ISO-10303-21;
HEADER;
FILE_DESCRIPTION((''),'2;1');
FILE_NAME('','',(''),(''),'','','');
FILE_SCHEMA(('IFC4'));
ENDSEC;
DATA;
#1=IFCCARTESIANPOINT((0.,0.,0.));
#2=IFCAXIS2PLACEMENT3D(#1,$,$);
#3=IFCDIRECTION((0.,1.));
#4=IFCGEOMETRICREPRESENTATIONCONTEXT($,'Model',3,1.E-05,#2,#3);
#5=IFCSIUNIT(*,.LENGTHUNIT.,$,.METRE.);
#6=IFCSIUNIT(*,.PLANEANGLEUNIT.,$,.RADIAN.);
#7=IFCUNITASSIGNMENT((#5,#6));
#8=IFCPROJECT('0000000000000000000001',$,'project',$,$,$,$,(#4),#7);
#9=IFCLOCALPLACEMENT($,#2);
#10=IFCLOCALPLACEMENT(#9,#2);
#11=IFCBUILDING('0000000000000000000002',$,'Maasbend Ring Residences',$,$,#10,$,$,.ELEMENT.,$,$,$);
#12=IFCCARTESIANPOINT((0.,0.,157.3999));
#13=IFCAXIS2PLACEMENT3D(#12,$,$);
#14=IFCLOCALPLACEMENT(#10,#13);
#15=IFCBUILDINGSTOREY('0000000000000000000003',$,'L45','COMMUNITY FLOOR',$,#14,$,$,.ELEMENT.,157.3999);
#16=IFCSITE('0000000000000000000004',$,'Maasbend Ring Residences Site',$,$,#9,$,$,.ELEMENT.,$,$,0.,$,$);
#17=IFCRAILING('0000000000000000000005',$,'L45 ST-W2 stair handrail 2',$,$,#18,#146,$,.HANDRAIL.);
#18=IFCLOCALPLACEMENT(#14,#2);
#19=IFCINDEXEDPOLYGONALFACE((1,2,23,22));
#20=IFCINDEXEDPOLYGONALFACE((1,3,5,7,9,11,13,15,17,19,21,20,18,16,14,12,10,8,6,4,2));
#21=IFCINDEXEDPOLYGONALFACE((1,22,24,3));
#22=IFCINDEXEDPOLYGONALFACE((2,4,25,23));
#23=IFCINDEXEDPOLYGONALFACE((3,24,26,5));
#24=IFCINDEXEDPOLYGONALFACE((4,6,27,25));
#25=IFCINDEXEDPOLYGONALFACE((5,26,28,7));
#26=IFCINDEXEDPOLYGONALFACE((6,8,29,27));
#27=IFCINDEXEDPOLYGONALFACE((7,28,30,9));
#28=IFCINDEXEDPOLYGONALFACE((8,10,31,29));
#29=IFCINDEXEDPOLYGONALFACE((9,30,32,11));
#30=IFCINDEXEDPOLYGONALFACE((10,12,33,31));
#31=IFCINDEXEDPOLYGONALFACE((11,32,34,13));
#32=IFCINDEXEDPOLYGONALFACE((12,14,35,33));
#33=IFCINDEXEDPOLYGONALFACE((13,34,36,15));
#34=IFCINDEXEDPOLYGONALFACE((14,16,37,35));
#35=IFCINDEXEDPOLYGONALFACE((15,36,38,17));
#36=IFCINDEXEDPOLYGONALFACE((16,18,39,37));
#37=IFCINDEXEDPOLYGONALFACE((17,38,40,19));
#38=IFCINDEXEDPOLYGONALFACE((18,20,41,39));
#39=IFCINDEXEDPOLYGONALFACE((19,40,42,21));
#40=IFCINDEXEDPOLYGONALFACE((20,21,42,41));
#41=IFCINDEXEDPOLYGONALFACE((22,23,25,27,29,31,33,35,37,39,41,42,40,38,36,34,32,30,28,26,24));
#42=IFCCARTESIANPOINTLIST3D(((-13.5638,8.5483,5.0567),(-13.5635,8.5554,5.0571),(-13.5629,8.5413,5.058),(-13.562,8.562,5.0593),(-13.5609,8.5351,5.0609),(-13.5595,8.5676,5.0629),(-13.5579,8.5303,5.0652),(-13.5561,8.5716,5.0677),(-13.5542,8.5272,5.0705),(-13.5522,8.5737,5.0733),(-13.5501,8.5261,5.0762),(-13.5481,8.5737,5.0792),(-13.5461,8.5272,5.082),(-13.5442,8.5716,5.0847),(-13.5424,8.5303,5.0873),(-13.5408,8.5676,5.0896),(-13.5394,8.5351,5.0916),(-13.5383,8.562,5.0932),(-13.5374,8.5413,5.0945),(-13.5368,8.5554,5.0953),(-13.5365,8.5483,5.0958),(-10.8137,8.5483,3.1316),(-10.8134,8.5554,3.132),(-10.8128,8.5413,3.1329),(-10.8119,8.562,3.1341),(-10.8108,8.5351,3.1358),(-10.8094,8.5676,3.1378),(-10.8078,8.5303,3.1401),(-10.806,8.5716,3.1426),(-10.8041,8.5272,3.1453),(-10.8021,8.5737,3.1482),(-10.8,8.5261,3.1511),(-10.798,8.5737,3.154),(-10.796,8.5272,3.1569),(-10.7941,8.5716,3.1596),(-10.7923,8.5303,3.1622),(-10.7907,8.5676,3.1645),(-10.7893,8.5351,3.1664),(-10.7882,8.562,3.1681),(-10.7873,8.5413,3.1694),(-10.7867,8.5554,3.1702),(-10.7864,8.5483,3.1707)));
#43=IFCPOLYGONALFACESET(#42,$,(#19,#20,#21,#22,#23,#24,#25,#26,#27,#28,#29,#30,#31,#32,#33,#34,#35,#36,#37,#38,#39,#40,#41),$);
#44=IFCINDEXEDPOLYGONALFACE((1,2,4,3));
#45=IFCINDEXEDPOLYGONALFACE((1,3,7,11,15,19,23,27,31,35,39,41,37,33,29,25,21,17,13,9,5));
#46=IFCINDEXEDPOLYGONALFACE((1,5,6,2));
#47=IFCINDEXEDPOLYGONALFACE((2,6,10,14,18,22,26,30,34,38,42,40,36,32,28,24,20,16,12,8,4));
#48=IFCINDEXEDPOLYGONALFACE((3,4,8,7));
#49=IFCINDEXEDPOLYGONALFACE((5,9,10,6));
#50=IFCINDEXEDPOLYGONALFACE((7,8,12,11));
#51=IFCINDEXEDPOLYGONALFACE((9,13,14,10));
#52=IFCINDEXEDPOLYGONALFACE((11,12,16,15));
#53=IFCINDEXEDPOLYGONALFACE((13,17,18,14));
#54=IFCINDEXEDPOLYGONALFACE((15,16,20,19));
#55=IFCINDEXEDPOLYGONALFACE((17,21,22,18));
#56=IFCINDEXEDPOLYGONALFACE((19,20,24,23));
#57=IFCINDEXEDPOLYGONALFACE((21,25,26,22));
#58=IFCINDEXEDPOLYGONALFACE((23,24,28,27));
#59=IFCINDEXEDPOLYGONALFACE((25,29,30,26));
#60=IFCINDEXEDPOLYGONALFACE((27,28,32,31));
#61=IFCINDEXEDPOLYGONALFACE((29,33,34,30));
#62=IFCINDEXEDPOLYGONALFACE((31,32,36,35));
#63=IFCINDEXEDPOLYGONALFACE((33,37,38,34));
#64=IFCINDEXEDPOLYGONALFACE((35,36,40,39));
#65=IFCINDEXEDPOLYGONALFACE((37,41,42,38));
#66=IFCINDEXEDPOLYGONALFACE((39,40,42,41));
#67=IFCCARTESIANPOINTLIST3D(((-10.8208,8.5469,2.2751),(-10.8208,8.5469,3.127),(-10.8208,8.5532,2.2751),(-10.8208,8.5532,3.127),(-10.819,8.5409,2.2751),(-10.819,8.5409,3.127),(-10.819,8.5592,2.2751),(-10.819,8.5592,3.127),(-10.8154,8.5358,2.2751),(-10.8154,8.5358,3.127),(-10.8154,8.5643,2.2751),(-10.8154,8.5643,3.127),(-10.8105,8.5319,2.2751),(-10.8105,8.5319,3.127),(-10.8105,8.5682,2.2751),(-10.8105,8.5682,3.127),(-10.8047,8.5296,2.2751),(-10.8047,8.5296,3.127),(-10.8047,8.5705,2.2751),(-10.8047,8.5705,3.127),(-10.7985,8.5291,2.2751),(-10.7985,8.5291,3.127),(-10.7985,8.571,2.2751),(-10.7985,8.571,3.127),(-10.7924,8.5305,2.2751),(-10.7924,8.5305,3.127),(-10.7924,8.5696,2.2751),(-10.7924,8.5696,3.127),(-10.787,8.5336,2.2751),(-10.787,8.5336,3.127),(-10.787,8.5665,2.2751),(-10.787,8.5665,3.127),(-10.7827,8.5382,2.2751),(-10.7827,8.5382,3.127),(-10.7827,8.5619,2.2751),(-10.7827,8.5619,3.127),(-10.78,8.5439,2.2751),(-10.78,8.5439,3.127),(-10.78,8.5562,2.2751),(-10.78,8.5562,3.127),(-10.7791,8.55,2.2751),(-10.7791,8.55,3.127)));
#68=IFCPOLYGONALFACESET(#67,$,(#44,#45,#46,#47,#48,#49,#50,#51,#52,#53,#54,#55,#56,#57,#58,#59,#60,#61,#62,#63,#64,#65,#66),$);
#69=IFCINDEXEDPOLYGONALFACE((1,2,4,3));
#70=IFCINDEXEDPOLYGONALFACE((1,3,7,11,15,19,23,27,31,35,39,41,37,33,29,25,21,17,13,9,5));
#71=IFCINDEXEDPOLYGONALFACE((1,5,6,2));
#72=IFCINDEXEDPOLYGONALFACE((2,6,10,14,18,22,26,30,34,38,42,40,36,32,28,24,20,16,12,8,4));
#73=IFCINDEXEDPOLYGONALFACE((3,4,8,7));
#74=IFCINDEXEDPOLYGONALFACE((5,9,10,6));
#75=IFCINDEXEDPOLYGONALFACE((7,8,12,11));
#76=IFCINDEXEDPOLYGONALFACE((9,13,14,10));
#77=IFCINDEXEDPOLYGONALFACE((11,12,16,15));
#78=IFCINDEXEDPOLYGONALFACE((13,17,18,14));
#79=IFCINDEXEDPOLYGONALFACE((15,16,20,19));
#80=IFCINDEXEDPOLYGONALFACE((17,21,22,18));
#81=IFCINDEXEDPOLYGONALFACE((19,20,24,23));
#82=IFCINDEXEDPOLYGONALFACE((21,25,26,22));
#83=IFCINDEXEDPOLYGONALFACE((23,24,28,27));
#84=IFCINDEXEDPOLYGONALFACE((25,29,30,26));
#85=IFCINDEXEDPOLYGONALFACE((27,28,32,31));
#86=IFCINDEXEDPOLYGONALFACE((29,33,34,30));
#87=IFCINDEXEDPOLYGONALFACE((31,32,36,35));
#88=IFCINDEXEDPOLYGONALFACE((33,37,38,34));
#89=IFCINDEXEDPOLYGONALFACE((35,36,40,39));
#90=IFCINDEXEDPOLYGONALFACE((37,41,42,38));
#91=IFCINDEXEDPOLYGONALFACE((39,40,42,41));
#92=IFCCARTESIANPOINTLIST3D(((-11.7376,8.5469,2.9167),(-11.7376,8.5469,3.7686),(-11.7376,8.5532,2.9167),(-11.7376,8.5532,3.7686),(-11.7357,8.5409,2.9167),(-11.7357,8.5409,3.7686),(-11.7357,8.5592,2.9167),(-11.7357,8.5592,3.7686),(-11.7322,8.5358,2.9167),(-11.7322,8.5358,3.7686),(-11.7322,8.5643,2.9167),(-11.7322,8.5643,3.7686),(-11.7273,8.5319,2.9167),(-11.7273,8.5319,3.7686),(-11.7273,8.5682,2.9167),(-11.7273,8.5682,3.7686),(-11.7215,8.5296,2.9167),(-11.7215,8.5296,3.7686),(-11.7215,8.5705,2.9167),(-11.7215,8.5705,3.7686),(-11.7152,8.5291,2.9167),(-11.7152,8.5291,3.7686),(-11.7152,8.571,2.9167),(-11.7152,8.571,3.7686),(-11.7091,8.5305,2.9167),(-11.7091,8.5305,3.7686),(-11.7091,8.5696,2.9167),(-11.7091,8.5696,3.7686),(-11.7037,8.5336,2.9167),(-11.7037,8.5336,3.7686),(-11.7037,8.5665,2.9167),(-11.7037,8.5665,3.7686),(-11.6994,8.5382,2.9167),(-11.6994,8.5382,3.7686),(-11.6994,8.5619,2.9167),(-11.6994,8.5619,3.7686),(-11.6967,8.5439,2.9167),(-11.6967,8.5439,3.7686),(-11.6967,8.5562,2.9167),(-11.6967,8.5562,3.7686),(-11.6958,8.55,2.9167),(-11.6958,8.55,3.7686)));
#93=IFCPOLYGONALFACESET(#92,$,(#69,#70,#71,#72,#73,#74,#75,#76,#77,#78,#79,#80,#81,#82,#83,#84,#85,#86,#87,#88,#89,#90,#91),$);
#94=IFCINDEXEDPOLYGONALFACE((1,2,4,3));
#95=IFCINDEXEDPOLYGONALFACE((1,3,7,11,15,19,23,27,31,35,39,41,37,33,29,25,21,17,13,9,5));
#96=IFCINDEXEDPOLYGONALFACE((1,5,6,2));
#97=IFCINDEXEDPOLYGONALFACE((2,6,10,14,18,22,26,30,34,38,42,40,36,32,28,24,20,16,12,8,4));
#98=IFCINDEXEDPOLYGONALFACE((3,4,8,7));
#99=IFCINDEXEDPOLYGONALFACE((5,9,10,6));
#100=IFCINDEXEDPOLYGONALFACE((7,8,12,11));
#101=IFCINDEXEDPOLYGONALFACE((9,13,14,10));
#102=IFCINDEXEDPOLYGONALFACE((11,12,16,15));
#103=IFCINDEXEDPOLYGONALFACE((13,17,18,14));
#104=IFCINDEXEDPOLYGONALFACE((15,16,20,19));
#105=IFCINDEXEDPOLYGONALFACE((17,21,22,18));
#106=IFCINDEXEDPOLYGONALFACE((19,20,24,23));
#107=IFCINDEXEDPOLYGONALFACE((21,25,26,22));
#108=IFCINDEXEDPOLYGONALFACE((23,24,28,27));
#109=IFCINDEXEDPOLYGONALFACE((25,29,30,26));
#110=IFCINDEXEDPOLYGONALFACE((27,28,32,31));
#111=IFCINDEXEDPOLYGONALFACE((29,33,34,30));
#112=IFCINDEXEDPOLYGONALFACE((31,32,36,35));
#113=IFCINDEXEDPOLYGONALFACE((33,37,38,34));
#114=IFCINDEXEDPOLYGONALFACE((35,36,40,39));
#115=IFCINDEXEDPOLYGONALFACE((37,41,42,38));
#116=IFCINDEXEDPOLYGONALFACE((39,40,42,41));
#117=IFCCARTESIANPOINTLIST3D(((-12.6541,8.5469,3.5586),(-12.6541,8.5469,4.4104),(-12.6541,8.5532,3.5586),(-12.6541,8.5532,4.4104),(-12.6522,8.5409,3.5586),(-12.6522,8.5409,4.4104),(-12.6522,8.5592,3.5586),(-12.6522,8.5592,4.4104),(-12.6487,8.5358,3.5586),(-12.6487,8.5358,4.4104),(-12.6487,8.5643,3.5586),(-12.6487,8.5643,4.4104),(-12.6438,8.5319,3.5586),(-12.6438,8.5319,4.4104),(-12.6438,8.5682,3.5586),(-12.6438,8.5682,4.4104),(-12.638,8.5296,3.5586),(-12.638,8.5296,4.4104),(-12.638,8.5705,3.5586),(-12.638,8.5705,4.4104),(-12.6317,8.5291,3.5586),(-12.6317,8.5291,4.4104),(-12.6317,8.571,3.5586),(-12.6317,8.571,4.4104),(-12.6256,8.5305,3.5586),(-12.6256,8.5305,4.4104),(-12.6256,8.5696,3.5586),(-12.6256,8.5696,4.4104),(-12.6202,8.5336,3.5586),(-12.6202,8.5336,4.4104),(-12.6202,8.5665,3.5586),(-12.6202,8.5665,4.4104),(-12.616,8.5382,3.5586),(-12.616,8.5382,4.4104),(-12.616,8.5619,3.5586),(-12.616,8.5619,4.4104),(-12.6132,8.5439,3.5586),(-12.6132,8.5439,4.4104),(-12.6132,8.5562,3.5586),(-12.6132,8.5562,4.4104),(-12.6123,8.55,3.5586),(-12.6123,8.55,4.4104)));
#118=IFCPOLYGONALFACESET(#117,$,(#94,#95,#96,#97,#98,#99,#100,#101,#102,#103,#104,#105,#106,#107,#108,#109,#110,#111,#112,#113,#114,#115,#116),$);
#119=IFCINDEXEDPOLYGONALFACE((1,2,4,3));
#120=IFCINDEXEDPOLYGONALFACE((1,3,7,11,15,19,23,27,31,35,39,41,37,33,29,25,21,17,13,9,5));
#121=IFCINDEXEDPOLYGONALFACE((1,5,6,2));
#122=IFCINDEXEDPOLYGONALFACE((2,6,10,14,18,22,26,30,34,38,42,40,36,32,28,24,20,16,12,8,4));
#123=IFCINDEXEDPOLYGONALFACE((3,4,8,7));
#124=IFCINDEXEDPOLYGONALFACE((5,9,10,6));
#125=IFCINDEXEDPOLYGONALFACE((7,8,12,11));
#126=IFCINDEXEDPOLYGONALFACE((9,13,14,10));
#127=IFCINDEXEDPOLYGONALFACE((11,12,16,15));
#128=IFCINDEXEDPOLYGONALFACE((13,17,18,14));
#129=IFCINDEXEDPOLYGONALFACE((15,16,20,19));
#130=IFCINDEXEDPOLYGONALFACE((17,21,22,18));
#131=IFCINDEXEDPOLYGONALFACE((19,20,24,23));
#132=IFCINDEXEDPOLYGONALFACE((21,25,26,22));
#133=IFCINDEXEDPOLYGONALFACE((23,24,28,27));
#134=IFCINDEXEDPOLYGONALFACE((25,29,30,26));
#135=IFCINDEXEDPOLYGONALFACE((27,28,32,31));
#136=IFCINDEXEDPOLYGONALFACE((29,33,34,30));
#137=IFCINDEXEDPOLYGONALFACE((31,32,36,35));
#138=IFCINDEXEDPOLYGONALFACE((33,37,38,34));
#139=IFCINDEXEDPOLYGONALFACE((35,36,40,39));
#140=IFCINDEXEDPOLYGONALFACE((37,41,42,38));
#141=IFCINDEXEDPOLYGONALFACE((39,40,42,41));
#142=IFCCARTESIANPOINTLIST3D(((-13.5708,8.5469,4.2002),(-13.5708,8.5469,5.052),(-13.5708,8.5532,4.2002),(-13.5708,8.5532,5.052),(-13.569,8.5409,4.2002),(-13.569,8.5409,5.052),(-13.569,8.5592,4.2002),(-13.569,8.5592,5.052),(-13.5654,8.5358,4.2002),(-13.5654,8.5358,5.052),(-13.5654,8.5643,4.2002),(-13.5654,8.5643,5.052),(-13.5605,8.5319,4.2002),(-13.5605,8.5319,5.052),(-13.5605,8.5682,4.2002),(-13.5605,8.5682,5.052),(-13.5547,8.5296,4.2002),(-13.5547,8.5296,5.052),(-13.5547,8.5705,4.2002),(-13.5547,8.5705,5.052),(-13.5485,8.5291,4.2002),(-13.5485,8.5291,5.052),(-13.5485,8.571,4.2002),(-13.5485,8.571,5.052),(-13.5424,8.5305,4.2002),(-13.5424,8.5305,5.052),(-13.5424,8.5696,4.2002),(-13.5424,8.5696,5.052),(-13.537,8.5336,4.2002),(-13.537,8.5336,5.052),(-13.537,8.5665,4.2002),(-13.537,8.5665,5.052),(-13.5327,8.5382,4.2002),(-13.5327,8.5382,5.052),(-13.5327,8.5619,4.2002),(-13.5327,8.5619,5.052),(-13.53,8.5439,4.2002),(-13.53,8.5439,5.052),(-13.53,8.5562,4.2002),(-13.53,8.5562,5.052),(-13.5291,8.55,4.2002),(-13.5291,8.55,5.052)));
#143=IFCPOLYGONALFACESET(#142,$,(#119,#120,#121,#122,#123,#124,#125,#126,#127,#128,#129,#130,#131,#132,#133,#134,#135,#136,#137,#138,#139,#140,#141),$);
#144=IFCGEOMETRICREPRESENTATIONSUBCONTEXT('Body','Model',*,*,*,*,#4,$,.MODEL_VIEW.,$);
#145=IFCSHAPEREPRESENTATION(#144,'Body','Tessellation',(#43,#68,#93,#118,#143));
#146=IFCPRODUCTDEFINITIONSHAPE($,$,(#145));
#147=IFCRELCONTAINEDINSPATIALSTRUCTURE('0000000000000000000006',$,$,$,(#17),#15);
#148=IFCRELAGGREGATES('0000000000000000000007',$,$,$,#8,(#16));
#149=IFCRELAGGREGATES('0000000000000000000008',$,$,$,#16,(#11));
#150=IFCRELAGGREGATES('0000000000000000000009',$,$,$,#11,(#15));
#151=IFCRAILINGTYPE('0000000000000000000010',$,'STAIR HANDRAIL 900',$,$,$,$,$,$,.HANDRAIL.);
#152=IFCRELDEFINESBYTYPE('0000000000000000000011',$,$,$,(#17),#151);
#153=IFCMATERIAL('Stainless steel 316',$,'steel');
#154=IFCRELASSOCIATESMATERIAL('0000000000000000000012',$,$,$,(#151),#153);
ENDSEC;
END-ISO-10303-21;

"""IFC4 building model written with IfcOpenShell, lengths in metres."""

from ifc_helpers import new_model, si_unit, direction, frame, origin, origin_2d, place, context, subcontext, project, spatial, circle, extrude, material, type_object, element, save


model = new_model("IFC4")

# Units and contexts
model_context = context("Model", 3, precision=1e-05, world=origin(), true_north=direction((0.0, 1.0)))
body_context = subcontext(model_context, "Body", "Model", "MODEL_VIEW")
ifc_project = project(units=[si_unit("LENGTHUNIT", "METRE"), si_unit("PLANEANGLEUNIT", "RADIAN")], contexts=[model_context])

# Site, building, storey
site_placement = place(None, origin())
site = spatial("IfcSite", under=ifc_project, at=site_placement, Name="Maasbend Ring Residences Site", CompositionType="ELEMENT", RefElevation=0.0)
building_placement = place(site_placement, origin())
building = spatial("IfcBuilding", under=site, at=building_placement, Name="Maasbend Ring Residences", CompositionType="ELEMENT")
storey_placement = place(building_placement, frame((0.0, 0.0, 157.3999)))
storey = spatial("IfcBuildingStorey", under=building, at=storey_placement, Name="L45", Description="COMMUNITY FLOOR", CompositionType="ELEMENT", Elevation=157.3999)

# Railing
ifc_material_1 = material(Name="Stainless steel 316", Category="steel")
railing_type = type_object("IfcRailingType", Name="STAIR HANDRAIL 900", PredefinedType="HANDRAIL", material=ifc_material_1)
railing_placement = place(storey_placement, frame((-10.8, 8.55, 2.2751)))
element("IfcRailing", 1, at=railing_placement, inside=storey, type_object=railing_type, Name="L45 ST-W2 stair handrail 2", PredefinedType="HANDRAIL", context=body_context, shape_type="SweptSolid", body=[
    extrude(circle(Radius=0.0239, at=origin_2d()), frame((0.0, 0.0, 0.876), z_axis=(-0.819225, 0.0, 0.573472), x_axis=(0.0, -1.0, 0.0)), (0.0, 0.0, 1.0), 3.3569),
    extrude(circle(Radius=0.021, at=origin_2d()), origin(), (0.0, 0.0, 1.0), 0.8518),
    extrude(circle(Radius=0.021, at=origin_2d()), frame((-0.9167, 0.0, 0.6416)), (0.0, 0.0, 1.0), 0.8518),
    extrude(circle(Radius=0.021, at=origin_2d()), frame((-1.8333, 0.0, 1.2834)), (0.0, 0.0, 1.0), 0.8518),
    extrude(circle(Radius=0.021, at=origin_2d()), frame((-2.75, 0.0, 1.925)), (0.0, 0.0, 1.0), 0.8518),
])

save(model, "model.ifc")
